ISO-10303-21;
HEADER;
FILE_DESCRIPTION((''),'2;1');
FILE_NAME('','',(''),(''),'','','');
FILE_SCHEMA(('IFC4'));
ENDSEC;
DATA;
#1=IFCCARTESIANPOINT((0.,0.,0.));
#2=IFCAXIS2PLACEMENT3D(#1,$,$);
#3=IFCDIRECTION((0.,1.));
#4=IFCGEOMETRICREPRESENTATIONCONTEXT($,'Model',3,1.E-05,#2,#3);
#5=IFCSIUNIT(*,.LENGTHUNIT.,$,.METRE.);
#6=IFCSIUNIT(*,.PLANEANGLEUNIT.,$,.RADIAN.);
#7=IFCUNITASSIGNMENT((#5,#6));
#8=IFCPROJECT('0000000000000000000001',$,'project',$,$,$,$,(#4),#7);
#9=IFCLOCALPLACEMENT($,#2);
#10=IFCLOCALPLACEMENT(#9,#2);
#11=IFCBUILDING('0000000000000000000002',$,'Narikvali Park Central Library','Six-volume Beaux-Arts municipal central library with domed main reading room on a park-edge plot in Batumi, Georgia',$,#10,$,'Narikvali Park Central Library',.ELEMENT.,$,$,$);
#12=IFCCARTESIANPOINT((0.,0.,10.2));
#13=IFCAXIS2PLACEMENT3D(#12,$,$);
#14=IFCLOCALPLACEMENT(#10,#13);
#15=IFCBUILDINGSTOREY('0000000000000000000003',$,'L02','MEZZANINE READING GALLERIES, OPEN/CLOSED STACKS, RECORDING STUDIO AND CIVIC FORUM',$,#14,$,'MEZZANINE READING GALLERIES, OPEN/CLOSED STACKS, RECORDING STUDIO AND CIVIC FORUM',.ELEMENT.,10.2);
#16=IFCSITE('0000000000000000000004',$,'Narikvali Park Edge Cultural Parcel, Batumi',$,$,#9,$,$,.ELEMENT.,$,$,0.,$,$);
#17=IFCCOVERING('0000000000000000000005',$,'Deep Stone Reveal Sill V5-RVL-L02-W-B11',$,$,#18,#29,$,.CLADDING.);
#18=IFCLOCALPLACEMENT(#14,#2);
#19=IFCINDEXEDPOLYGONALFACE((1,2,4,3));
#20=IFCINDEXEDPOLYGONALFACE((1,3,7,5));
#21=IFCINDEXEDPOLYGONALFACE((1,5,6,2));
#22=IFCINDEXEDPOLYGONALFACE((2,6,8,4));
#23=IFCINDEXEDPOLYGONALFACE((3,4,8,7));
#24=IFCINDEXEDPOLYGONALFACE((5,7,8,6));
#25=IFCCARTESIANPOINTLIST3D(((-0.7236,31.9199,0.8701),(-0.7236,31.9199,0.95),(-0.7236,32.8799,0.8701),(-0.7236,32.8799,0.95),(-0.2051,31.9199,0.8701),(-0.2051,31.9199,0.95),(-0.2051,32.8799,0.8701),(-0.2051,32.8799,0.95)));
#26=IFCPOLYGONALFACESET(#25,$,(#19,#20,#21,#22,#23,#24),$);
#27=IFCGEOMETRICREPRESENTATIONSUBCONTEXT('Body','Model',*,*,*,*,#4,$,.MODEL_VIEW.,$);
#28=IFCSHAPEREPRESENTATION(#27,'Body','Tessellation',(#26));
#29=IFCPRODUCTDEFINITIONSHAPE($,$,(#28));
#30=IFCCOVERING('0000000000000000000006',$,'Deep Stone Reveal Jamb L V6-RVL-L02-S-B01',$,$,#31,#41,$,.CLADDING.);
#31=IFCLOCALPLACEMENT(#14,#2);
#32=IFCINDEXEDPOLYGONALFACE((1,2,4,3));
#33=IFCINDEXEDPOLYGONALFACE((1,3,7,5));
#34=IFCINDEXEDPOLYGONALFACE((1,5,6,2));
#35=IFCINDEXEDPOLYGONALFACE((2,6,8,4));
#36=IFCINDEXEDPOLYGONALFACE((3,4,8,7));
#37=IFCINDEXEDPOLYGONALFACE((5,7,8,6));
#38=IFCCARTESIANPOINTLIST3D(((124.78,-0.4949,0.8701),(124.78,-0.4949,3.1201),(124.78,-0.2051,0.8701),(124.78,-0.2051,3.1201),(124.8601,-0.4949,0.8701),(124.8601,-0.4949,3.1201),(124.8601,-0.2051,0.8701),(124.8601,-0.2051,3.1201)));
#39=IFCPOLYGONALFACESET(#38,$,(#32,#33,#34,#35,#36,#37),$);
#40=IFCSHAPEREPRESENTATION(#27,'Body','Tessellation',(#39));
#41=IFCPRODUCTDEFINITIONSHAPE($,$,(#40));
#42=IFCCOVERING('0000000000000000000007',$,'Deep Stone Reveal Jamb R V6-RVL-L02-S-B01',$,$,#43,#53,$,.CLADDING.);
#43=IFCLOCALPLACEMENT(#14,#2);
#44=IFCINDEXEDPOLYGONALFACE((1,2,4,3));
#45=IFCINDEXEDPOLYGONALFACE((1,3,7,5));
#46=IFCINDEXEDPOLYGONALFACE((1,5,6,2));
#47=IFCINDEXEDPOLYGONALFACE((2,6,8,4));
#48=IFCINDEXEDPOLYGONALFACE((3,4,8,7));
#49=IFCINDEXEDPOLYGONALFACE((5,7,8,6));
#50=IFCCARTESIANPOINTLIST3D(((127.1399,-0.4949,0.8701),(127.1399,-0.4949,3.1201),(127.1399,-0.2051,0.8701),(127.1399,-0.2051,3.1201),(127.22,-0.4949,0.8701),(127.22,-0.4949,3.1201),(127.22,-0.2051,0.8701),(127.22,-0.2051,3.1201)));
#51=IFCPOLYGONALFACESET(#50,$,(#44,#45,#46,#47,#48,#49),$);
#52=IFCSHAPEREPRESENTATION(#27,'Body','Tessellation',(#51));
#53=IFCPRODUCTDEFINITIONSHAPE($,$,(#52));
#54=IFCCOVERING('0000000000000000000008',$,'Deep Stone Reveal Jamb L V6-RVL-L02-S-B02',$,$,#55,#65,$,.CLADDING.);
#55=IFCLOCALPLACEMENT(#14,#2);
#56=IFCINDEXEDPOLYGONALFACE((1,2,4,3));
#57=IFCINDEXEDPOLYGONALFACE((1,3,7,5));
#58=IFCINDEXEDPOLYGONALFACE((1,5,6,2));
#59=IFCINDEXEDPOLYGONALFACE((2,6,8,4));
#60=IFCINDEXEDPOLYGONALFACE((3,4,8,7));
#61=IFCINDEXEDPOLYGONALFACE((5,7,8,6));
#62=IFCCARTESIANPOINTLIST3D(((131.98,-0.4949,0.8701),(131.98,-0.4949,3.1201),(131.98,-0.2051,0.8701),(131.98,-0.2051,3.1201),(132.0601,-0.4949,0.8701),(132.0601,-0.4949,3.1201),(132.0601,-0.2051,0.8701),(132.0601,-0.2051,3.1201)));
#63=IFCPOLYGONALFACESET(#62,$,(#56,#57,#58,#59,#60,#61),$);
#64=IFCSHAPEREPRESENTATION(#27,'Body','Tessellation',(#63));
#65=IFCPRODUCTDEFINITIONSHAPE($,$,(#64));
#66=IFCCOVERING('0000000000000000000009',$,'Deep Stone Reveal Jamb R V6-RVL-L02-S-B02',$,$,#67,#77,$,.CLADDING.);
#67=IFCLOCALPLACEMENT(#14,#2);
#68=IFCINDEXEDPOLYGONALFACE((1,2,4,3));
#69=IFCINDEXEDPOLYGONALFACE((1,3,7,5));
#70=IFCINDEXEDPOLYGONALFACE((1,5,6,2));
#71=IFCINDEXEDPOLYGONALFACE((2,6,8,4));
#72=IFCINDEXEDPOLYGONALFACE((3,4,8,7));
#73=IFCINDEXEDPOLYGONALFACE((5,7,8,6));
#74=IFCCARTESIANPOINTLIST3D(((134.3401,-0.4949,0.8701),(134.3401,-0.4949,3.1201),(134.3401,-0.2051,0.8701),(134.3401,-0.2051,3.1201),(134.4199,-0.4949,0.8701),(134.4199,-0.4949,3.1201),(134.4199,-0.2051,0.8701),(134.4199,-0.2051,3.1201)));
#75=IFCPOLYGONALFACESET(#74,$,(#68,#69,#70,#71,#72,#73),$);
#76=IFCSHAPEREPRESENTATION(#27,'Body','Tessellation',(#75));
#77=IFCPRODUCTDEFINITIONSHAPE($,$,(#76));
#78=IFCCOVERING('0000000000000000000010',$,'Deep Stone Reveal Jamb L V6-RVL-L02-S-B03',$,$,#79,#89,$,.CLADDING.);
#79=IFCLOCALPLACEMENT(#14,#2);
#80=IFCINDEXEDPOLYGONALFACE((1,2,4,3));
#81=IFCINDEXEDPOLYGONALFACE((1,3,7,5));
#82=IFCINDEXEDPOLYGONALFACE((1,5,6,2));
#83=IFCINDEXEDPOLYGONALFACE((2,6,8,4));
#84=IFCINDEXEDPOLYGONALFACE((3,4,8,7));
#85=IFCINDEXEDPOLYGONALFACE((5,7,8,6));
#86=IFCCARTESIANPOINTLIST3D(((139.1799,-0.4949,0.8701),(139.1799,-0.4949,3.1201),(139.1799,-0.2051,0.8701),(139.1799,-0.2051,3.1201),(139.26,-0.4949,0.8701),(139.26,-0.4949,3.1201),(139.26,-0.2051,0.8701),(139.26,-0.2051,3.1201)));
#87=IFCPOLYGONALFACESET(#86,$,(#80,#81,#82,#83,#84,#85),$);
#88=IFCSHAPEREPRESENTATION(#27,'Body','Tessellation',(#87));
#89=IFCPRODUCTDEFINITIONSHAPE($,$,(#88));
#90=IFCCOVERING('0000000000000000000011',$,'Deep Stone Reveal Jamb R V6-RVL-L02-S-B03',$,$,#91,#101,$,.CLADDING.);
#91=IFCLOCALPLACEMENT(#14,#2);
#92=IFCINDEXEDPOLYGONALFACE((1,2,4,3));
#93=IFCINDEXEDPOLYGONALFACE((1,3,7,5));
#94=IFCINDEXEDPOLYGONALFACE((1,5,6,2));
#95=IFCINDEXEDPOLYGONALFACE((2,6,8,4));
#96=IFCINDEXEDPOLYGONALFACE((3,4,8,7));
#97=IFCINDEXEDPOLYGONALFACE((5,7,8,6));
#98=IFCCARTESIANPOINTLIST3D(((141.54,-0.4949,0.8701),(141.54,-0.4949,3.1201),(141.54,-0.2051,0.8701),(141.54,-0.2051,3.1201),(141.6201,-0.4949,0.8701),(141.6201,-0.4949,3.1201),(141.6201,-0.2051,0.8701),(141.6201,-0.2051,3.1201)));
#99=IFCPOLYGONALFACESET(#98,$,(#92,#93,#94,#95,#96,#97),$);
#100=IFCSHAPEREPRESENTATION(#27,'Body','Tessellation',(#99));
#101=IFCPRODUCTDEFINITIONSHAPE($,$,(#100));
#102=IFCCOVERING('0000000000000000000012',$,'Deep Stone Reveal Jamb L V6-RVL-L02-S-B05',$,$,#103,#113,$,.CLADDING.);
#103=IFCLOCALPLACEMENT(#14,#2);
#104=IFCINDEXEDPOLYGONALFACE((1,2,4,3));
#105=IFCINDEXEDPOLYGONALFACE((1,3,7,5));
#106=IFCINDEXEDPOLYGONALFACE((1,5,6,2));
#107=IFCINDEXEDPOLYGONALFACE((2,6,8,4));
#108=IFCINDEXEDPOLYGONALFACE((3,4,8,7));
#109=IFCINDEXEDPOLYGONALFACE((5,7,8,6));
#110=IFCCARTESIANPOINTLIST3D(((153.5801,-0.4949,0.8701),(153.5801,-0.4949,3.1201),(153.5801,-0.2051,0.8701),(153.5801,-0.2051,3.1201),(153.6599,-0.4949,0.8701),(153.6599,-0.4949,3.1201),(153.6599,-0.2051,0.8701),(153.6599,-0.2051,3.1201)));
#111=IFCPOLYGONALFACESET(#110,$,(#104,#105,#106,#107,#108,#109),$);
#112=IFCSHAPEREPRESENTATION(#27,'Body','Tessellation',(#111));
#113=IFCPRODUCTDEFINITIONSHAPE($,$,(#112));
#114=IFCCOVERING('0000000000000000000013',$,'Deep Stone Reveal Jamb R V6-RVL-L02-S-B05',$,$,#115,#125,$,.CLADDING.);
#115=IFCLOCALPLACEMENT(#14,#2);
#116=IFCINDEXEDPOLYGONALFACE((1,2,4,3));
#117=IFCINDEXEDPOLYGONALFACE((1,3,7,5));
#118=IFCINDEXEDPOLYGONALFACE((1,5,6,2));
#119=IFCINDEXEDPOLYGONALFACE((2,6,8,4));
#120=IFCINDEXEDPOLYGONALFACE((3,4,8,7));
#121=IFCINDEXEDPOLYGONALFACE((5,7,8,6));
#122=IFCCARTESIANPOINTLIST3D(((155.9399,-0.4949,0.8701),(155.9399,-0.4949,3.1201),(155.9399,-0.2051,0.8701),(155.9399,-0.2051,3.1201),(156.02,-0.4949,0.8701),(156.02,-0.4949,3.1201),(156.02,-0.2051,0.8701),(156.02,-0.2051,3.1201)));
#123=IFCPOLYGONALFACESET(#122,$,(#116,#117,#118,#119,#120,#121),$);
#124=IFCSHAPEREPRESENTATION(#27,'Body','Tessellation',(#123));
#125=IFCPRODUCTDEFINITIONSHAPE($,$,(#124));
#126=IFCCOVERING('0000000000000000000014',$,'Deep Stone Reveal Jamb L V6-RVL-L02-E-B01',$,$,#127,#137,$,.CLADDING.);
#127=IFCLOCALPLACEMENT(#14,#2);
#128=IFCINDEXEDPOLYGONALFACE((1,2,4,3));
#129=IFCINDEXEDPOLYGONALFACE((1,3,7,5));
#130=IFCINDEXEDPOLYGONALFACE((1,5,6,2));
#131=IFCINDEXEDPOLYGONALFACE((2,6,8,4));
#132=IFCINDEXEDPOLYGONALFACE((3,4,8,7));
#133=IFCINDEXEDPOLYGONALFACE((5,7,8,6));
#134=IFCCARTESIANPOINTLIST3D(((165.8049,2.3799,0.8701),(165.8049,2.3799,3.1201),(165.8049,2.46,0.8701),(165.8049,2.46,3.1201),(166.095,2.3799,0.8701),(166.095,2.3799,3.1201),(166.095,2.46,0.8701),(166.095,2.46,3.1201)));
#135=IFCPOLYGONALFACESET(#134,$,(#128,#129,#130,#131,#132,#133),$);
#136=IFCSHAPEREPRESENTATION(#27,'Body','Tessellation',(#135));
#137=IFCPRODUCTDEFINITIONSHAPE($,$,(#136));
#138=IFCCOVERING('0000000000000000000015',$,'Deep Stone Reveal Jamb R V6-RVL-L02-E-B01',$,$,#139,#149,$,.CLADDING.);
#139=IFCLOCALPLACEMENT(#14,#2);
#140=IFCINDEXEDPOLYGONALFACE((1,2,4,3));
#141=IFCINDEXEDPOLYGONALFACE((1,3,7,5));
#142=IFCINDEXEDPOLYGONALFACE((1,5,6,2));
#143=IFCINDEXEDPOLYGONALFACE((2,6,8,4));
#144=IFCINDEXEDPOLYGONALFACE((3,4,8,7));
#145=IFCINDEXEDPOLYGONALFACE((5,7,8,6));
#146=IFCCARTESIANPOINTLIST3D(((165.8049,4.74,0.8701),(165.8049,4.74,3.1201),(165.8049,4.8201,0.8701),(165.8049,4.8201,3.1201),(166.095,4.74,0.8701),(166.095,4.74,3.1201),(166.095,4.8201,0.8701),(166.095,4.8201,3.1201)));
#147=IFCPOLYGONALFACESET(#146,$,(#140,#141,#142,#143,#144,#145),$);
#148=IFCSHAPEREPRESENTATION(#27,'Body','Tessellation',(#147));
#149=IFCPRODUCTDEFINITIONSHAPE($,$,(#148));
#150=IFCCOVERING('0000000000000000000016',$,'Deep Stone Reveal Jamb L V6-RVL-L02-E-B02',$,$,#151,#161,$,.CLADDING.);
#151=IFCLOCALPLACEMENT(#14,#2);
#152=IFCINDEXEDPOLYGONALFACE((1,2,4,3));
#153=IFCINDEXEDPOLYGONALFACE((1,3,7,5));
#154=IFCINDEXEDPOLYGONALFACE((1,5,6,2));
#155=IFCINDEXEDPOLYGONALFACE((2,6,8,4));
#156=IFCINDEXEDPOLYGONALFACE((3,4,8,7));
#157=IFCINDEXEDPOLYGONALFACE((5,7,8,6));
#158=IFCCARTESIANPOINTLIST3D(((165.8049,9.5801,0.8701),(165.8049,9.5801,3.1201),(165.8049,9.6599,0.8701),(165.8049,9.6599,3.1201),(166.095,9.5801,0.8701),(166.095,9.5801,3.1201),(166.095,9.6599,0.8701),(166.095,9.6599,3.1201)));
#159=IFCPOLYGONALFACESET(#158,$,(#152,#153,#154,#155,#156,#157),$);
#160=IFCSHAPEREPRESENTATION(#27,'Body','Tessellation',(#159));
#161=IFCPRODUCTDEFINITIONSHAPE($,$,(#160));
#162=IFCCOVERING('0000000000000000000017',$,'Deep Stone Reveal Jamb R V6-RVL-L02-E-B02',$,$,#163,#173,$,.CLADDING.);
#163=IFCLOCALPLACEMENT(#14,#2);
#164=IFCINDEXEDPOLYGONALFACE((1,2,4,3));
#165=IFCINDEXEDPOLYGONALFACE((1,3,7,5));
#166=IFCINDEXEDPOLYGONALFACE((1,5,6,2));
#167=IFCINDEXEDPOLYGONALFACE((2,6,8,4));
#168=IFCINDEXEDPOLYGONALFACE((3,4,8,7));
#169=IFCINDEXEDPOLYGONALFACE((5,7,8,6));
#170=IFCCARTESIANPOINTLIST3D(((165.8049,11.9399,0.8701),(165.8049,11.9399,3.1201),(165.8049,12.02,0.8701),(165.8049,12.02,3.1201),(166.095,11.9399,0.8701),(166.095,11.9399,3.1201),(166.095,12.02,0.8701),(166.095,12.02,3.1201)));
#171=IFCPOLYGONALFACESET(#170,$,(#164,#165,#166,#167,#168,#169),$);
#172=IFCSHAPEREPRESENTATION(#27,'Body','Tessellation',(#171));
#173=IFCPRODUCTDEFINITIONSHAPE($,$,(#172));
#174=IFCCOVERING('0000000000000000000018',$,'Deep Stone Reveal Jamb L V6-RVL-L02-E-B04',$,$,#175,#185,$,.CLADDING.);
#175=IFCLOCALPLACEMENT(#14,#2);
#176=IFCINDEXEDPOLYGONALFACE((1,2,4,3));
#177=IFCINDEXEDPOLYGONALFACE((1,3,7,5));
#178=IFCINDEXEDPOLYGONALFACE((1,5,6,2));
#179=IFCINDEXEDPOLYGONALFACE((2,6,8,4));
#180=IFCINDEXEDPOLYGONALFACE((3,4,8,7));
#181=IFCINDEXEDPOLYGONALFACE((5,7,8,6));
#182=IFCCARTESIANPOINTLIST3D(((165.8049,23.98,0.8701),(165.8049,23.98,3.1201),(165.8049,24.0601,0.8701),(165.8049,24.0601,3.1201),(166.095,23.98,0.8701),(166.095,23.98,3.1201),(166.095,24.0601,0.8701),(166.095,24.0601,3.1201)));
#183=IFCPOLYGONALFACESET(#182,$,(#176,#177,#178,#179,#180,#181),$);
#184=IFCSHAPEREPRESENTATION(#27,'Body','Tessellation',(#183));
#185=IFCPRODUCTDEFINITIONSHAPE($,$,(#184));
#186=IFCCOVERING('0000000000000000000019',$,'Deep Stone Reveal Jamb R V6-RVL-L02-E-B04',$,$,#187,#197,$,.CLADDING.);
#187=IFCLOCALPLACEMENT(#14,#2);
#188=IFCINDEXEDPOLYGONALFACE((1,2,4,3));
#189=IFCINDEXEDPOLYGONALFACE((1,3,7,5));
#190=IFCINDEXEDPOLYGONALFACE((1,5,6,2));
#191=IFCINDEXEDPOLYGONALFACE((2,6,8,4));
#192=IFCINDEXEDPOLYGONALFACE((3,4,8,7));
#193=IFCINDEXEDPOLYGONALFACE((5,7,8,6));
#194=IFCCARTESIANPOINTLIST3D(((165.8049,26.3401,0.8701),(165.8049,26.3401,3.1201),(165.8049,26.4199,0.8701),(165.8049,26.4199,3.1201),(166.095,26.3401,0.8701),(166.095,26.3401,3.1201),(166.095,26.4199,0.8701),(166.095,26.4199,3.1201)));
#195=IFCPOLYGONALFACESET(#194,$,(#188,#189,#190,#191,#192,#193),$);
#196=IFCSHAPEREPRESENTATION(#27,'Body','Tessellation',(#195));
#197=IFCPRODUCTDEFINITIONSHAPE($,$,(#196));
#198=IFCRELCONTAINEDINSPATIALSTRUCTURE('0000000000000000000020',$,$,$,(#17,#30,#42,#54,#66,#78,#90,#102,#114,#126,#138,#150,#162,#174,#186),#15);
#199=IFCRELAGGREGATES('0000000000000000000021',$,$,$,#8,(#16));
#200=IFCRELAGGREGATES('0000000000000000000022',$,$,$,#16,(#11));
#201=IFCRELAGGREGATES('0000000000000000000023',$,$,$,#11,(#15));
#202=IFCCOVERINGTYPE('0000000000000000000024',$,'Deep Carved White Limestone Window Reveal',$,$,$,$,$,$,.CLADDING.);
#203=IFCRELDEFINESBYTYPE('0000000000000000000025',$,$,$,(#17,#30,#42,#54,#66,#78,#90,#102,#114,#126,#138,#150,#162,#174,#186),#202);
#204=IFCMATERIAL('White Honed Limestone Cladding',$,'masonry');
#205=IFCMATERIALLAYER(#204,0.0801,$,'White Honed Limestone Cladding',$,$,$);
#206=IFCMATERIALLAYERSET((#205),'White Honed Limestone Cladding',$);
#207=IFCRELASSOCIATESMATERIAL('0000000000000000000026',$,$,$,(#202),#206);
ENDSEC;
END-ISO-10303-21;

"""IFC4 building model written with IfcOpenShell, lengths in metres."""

from ifc_helpers import new_model, si_unit, direction, frame, origin, place, context, subcontext, project, spatial, polyline, outline, extrude, material, layer, layer_set, type_object, element, save


model = new_model("IFC4")

# Units and contexts
model_context = context("Model", 3, precision=1e-05, world=origin(), true_north=direction((0.0, 1.0)))
body_context = subcontext(model_context, "Body", "Model", "MODEL_VIEW")
ifc_project = project(units=[si_unit("LENGTHUNIT", "METRE"), si_unit("PLANEANGLEUNIT", "RADIAN")], contexts=[model_context])

# Site, building, storey
site_placement = place(None, origin())
site = spatial("IfcSite", under=ifc_project, at=site_placement, Name="Narikvali Park Edge Cultural Parcel, Batumi", CompositionType="ELEMENT", RefElevation=0.0)
building_placement = place(site_placement, origin())
building = spatial("IfcBuilding", under=site, at=building_placement, Name="Narikvali Park Central Library", Description="Six-volume Beaux-Arts municipal central library with domed main reading room on a park-edge plot in Batumi, Georgia", LongName="Narikvali Park Central Library", CompositionType="ELEMENT")
storey_placement = place(building_placement, frame((0.0, 0.0, 10.2)))
storey = spatial("IfcBuildingStorey", under=building, at=storey_placement, Name="L02", Description="MEZZANINE READING GALLERIES, OPEN/CLOSED STACKS, RECORDING STUDIO AND CIVIC FORUM", LongName="MEZZANINE READING GALLERIES, OPEN/CLOSED STACKS, RECORDING STUDIO AND CIVIC FORUM", CompositionType="ELEMENT", Elevation=10.2)

# Coverings
ifc_material = material(Name="White Honed Limestone Cladding", Category="masonry")
ifc_layer = layer(ifc_material, 0.0801, Name="White Honed Limestone Cladding")
ifc_layer_set = layer_set([ifc_layer], Name="White Honed Limestone Cladding")
covering_type = type_object("IfcCoveringType", Name="Deep Carved White Limestone Window Reveal", PredefinedType="CLADDING", material=ifc_layer_set)
covering_1_placement = place(storey_placement, frame((0.0, 0.0, 0.8701)))
element("IfcCovering", 1, at=covering_1_placement, inside=storey, type_object=covering_type, Name="Deep Stone Reveal Sill V5-RVL-L02-W-B11", PredefinedType="CLADDING", context=body_context, shape_type="SweptSolid", body=[
    extrude(outline(polyline([(-0.2051, 32.8799), (-0.2051, 31.9199), (-0.7236, 31.9199), (-0.7236, 32.8799), (-0.2051, 32.8799)])), origin(), (0.0, 0.0, 1.0), 0.0798),
])
covering_2_placement = place(storey_placement, frame((0.0, 0.0, 0.8701)))
element("IfcCovering", 2, at=covering_2_placement, inside=storey, type_object=covering_type, Name="Deep Stone Reveal Jamb L V6-RVL-L02-S-B01", PredefinedType="CLADDING", context=body_context, shape_type="SweptSolid", body=[
    extrude(outline(polyline([(124.78, -0.2051), (124.8601, -0.2051), (124.8601, -0.4949), (124.78, -0.4949), (124.78, -0.2051)])), origin(), (0.0, 0.0, 1.0), 2.25),
])
covering_3_placement = place(storey_placement, frame((0.0, 0.0, 0.8701)))
element("IfcCovering", 3, at=covering_3_placement, inside=storey, type_object=covering_type, Name="Deep Stone Reveal Jamb R V6-RVL-L02-S-B01", PredefinedType="CLADDING", context=body_context, shape_type="SweptSolid", body=[
    extrude(outline(polyline([(127.1399, -0.2051), (127.22, -0.2051), (127.22, -0.4949), (127.1399, -0.4949), (127.1399, -0.2051)])), origin(), (0.0, 0.0, 1.0), 2.25),
])
covering_4_placement = place(storey_placement, frame((0.0, 0.0, 0.8701)))
element("IfcCovering", 4, at=covering_4_placement, inside=storey, type_object=covering_type, Name="Deep Stone Reveal Jamb L V6-RVL-L02-S-B02", PredefinedType="CLADDING", context=body_context, shape_type="SweptSolid", body=[
    extrude(outline(polyline([(131.98, -0.2051), (132.0601, -0.2051), (132.0601, -0.4949), (131.98, -0.4949), (131.98, -0.2051)])), origin(), (0.0, 0.0, 1.0), 2.25),
])
covering_5_placement = place(storey_placement, frame((0.0, 0.0, 0.8701)))
element("IfcCovering", 5, at=covering_5_placement, inside=storey, type_object=covering_type, Name="Deep Stone Reveal Jamb R V6-RVL-L02-S-B02", PredefinedType="CLADDING", context=body_context, shape_type="SweptSolid", body=[
    extrude(outline(polyline([(134.3401, -0.2051), (134.4199, -0.2051), (134.4199, -0.4949), (134.3401, -0.4949), (134.3401, -0.2051)])), origin(), (0.0, 0.0, 1.0), 2.25),
])
covering_6_placement = place(storey_placement, frame((0.0, 0.0, 0.8701)))
element("IfcCovering", 6, at=covering_6_placement, inside=storey, type_object=covering_type, Name="Deep Stone Reveal Jamb L V6-RVL-L02-S-B03", PredefinedType="CLADDING", context=body_context, shape_type="SweptSolid", body=[
    extrude(outline(polyline([(139.1799, -0.2051), (139.26, -0.2051), (139.26, -0.4949), (139.1799, -0.4949), (139.1799, -0.2051)])), origin(), (0.0, 0.0, 1.0), 2.25),
])
covering_7_placement = place(storey_placement, frame((0.0, 0.0, 0.8701)))
element("IfcCovering", 7, at=covering_7_placement, inside=storey, type_object=covering_type, Name="Deep Stone Reveal Jamb R V6-RVL-L02-S-B03", PredefinedType="CLADDING", context=body_context, shape_type="SweptSolid", body=[
    extrude(outline(polyline([(141.54, -0.2051), (141.6201, -0.2051), (141.6201, -0.4949), (141.54, -0.4949), (141.54, -0.2051)])), origin(), (0.0, 0.0, 1.0), 2.25),
])
covering_8_placement = place(storey_placement, frame((0.0, 0.0, 0.8701)))
element("IfcCovering", 8, at=covering_8_placement, inside=storey, type_object=covering_type, Name="Deep Stone Reveal Jamb L V6-RVL-L02-S-B05", PredefinedType="CLADDING", context=body_context, shape_type="SweptSolid", body=[
    extrude(outline(polyline([(153.5801, -0.2051), (153.6599, -0.2051), (153.6599, -0.4949), (153.5801, -0.4949), (153.5801, -0.2051)])), origin(), (0.0, 0.0, 1.0), 2.25),
])
covering_9_placement = place(storey_placement, frame((0.0, 0.0, 0.8701)))
element("IfcCovering", 9, at=covering_9_placement, inside=storey, type_object=covering_type, Name="Deep Stone Reveal Jamb R V6-RVL-L02-S-B05", PredefinedType="CLADDING", context=body_context, shape_type="SweptSolid", body=[
    extrude(outline(polyline([(155.9399, -0.2051), (156.02, -0.2051), (156.02, -0.4949), (155.9399, -0.4949), (155.9399, -0.2051)])), origin(), (0.0, 0.0, 1.0), 2.25),
])
covering_10_placement = place(storey_placement, frame((0.0, 0.0, 0.8701)))
element("IfcCovering", 10, at=covering_10_placement, inside=storey, type_object=covering_type, Name="Deep Stone Reveal Jamb L V6-RVL-L02-E-B01", PredefinedType="CLADDING", context=body_context, shape_type="SweptSolid", body=[
    extrude(outline(polyline([(165.8049, 2.3799), (165.8049, 2.46), (166.095, 2.46), (166.095, 2.3799), (165.8049, 2.3799)])), origin(), (0.0, 0.0, 1.0), 2.25),
])
covering_11_placement = place(storey_placement, frame((0.0, 0.0, 0.8701)))
element("IfcCovering", 11, at=covering_11_placement, inside=storey, type_object=covering_type, Name="Deep Stone Reveal Jamb R V6-RVL-L02-E-B01", PredefinedType="CLADDING", context=body_context, shape_type="SweptSolid", body=[
    extrude(outline(polyline([(165.8049, 4.74), (165.8049, 4.8201), (166.095, 4.8201), (166.095, 4.74), (165.8049, 4.74)])), origin(), (0.0, 0.0, 1.0), 2.25),
])
covering_12_placement = place(storey_placement, frame((0.0, 0.0, 0.8701)))
element("IfcCovering", 12, at=covering_12_placement, inside=storey, type_object=covering_type, Name="Deep Stone Reveal Jamb L V6-RVL-L02-E-B02", PredefinedType="CLADDING", context=body_context, shape_type="SweptSolid", body=[
    extrude(outline(polyline([(165.8049, 9.5801), (165.8049, 9.6599), (166.095, 9.6599), (166.095, 9.5801), (165.8049, 9.5801)])), origin(), (0.0, 0.0, 1.0), 2.25),
])
covering_13_placement = place(storey_placement, frame((0.0, 0.0, 0.8701)))
element("IfcCovering", 13, at=covering_13_placement, inside=storey, type_object=covering_type, Name="Deep Stone Reveal Jamb R V6-RVL-L02-E-B02", PredefinedType="CLADDING", context=body_context, shape_type="SweptSolid", body=[
    extrude(outline(polyline([(165.8049, 11.9399), (165.8049, 12.02), (166.095, 12.02), (166.095, 11.9399), (165.8049, 11.9399)])), origin(), (0.0, 0.0, 1.0), 2.25),
])
covering_14_placement = place(storey_placement, frame((0.0, 0.0, 0.8701)))
element("IfcCovering", 14, at=covering_14_placement, inside=storey, type_object=covering_type, Name="Deep Stone Reveal Jamb L V6-RVL-L02-E-B04", PredefinedType="CLADDING", context=body_context, shape_type="SweptSolid", body=[
    extrude(outline(polyline([(165.8049, 23.98), (165.8049, 24.0601), (166.095, 24.0601), (166.095, 23.98), (165.8049, 23.98)])), origin(), (0.0, 0.0, 1.0), 2.25),
])
covering_15_placement = place(storey_placement, frame((0.0, 0.0, 0.8701)))
element("IfcCovering", 15, at=covering_15_placement, inside=storey, type_object=covering_type, Name="Deep Stone Reveal Jamb R V6-RVL-L02-E-B04", PredefinedType="CLADDING", context=body_context, shape_type="SweptSolid", body=[
    extrude(outline(polyline([(165.8049, 26.3401), (165.8049, 26.4199), (166.095, 26.4199), (166.095, 26.3401), (165.8049, 26.3401)])), origin(), (0.0, 0.0, 1.0), 2.25),
])

save(model, "model.ifc")
